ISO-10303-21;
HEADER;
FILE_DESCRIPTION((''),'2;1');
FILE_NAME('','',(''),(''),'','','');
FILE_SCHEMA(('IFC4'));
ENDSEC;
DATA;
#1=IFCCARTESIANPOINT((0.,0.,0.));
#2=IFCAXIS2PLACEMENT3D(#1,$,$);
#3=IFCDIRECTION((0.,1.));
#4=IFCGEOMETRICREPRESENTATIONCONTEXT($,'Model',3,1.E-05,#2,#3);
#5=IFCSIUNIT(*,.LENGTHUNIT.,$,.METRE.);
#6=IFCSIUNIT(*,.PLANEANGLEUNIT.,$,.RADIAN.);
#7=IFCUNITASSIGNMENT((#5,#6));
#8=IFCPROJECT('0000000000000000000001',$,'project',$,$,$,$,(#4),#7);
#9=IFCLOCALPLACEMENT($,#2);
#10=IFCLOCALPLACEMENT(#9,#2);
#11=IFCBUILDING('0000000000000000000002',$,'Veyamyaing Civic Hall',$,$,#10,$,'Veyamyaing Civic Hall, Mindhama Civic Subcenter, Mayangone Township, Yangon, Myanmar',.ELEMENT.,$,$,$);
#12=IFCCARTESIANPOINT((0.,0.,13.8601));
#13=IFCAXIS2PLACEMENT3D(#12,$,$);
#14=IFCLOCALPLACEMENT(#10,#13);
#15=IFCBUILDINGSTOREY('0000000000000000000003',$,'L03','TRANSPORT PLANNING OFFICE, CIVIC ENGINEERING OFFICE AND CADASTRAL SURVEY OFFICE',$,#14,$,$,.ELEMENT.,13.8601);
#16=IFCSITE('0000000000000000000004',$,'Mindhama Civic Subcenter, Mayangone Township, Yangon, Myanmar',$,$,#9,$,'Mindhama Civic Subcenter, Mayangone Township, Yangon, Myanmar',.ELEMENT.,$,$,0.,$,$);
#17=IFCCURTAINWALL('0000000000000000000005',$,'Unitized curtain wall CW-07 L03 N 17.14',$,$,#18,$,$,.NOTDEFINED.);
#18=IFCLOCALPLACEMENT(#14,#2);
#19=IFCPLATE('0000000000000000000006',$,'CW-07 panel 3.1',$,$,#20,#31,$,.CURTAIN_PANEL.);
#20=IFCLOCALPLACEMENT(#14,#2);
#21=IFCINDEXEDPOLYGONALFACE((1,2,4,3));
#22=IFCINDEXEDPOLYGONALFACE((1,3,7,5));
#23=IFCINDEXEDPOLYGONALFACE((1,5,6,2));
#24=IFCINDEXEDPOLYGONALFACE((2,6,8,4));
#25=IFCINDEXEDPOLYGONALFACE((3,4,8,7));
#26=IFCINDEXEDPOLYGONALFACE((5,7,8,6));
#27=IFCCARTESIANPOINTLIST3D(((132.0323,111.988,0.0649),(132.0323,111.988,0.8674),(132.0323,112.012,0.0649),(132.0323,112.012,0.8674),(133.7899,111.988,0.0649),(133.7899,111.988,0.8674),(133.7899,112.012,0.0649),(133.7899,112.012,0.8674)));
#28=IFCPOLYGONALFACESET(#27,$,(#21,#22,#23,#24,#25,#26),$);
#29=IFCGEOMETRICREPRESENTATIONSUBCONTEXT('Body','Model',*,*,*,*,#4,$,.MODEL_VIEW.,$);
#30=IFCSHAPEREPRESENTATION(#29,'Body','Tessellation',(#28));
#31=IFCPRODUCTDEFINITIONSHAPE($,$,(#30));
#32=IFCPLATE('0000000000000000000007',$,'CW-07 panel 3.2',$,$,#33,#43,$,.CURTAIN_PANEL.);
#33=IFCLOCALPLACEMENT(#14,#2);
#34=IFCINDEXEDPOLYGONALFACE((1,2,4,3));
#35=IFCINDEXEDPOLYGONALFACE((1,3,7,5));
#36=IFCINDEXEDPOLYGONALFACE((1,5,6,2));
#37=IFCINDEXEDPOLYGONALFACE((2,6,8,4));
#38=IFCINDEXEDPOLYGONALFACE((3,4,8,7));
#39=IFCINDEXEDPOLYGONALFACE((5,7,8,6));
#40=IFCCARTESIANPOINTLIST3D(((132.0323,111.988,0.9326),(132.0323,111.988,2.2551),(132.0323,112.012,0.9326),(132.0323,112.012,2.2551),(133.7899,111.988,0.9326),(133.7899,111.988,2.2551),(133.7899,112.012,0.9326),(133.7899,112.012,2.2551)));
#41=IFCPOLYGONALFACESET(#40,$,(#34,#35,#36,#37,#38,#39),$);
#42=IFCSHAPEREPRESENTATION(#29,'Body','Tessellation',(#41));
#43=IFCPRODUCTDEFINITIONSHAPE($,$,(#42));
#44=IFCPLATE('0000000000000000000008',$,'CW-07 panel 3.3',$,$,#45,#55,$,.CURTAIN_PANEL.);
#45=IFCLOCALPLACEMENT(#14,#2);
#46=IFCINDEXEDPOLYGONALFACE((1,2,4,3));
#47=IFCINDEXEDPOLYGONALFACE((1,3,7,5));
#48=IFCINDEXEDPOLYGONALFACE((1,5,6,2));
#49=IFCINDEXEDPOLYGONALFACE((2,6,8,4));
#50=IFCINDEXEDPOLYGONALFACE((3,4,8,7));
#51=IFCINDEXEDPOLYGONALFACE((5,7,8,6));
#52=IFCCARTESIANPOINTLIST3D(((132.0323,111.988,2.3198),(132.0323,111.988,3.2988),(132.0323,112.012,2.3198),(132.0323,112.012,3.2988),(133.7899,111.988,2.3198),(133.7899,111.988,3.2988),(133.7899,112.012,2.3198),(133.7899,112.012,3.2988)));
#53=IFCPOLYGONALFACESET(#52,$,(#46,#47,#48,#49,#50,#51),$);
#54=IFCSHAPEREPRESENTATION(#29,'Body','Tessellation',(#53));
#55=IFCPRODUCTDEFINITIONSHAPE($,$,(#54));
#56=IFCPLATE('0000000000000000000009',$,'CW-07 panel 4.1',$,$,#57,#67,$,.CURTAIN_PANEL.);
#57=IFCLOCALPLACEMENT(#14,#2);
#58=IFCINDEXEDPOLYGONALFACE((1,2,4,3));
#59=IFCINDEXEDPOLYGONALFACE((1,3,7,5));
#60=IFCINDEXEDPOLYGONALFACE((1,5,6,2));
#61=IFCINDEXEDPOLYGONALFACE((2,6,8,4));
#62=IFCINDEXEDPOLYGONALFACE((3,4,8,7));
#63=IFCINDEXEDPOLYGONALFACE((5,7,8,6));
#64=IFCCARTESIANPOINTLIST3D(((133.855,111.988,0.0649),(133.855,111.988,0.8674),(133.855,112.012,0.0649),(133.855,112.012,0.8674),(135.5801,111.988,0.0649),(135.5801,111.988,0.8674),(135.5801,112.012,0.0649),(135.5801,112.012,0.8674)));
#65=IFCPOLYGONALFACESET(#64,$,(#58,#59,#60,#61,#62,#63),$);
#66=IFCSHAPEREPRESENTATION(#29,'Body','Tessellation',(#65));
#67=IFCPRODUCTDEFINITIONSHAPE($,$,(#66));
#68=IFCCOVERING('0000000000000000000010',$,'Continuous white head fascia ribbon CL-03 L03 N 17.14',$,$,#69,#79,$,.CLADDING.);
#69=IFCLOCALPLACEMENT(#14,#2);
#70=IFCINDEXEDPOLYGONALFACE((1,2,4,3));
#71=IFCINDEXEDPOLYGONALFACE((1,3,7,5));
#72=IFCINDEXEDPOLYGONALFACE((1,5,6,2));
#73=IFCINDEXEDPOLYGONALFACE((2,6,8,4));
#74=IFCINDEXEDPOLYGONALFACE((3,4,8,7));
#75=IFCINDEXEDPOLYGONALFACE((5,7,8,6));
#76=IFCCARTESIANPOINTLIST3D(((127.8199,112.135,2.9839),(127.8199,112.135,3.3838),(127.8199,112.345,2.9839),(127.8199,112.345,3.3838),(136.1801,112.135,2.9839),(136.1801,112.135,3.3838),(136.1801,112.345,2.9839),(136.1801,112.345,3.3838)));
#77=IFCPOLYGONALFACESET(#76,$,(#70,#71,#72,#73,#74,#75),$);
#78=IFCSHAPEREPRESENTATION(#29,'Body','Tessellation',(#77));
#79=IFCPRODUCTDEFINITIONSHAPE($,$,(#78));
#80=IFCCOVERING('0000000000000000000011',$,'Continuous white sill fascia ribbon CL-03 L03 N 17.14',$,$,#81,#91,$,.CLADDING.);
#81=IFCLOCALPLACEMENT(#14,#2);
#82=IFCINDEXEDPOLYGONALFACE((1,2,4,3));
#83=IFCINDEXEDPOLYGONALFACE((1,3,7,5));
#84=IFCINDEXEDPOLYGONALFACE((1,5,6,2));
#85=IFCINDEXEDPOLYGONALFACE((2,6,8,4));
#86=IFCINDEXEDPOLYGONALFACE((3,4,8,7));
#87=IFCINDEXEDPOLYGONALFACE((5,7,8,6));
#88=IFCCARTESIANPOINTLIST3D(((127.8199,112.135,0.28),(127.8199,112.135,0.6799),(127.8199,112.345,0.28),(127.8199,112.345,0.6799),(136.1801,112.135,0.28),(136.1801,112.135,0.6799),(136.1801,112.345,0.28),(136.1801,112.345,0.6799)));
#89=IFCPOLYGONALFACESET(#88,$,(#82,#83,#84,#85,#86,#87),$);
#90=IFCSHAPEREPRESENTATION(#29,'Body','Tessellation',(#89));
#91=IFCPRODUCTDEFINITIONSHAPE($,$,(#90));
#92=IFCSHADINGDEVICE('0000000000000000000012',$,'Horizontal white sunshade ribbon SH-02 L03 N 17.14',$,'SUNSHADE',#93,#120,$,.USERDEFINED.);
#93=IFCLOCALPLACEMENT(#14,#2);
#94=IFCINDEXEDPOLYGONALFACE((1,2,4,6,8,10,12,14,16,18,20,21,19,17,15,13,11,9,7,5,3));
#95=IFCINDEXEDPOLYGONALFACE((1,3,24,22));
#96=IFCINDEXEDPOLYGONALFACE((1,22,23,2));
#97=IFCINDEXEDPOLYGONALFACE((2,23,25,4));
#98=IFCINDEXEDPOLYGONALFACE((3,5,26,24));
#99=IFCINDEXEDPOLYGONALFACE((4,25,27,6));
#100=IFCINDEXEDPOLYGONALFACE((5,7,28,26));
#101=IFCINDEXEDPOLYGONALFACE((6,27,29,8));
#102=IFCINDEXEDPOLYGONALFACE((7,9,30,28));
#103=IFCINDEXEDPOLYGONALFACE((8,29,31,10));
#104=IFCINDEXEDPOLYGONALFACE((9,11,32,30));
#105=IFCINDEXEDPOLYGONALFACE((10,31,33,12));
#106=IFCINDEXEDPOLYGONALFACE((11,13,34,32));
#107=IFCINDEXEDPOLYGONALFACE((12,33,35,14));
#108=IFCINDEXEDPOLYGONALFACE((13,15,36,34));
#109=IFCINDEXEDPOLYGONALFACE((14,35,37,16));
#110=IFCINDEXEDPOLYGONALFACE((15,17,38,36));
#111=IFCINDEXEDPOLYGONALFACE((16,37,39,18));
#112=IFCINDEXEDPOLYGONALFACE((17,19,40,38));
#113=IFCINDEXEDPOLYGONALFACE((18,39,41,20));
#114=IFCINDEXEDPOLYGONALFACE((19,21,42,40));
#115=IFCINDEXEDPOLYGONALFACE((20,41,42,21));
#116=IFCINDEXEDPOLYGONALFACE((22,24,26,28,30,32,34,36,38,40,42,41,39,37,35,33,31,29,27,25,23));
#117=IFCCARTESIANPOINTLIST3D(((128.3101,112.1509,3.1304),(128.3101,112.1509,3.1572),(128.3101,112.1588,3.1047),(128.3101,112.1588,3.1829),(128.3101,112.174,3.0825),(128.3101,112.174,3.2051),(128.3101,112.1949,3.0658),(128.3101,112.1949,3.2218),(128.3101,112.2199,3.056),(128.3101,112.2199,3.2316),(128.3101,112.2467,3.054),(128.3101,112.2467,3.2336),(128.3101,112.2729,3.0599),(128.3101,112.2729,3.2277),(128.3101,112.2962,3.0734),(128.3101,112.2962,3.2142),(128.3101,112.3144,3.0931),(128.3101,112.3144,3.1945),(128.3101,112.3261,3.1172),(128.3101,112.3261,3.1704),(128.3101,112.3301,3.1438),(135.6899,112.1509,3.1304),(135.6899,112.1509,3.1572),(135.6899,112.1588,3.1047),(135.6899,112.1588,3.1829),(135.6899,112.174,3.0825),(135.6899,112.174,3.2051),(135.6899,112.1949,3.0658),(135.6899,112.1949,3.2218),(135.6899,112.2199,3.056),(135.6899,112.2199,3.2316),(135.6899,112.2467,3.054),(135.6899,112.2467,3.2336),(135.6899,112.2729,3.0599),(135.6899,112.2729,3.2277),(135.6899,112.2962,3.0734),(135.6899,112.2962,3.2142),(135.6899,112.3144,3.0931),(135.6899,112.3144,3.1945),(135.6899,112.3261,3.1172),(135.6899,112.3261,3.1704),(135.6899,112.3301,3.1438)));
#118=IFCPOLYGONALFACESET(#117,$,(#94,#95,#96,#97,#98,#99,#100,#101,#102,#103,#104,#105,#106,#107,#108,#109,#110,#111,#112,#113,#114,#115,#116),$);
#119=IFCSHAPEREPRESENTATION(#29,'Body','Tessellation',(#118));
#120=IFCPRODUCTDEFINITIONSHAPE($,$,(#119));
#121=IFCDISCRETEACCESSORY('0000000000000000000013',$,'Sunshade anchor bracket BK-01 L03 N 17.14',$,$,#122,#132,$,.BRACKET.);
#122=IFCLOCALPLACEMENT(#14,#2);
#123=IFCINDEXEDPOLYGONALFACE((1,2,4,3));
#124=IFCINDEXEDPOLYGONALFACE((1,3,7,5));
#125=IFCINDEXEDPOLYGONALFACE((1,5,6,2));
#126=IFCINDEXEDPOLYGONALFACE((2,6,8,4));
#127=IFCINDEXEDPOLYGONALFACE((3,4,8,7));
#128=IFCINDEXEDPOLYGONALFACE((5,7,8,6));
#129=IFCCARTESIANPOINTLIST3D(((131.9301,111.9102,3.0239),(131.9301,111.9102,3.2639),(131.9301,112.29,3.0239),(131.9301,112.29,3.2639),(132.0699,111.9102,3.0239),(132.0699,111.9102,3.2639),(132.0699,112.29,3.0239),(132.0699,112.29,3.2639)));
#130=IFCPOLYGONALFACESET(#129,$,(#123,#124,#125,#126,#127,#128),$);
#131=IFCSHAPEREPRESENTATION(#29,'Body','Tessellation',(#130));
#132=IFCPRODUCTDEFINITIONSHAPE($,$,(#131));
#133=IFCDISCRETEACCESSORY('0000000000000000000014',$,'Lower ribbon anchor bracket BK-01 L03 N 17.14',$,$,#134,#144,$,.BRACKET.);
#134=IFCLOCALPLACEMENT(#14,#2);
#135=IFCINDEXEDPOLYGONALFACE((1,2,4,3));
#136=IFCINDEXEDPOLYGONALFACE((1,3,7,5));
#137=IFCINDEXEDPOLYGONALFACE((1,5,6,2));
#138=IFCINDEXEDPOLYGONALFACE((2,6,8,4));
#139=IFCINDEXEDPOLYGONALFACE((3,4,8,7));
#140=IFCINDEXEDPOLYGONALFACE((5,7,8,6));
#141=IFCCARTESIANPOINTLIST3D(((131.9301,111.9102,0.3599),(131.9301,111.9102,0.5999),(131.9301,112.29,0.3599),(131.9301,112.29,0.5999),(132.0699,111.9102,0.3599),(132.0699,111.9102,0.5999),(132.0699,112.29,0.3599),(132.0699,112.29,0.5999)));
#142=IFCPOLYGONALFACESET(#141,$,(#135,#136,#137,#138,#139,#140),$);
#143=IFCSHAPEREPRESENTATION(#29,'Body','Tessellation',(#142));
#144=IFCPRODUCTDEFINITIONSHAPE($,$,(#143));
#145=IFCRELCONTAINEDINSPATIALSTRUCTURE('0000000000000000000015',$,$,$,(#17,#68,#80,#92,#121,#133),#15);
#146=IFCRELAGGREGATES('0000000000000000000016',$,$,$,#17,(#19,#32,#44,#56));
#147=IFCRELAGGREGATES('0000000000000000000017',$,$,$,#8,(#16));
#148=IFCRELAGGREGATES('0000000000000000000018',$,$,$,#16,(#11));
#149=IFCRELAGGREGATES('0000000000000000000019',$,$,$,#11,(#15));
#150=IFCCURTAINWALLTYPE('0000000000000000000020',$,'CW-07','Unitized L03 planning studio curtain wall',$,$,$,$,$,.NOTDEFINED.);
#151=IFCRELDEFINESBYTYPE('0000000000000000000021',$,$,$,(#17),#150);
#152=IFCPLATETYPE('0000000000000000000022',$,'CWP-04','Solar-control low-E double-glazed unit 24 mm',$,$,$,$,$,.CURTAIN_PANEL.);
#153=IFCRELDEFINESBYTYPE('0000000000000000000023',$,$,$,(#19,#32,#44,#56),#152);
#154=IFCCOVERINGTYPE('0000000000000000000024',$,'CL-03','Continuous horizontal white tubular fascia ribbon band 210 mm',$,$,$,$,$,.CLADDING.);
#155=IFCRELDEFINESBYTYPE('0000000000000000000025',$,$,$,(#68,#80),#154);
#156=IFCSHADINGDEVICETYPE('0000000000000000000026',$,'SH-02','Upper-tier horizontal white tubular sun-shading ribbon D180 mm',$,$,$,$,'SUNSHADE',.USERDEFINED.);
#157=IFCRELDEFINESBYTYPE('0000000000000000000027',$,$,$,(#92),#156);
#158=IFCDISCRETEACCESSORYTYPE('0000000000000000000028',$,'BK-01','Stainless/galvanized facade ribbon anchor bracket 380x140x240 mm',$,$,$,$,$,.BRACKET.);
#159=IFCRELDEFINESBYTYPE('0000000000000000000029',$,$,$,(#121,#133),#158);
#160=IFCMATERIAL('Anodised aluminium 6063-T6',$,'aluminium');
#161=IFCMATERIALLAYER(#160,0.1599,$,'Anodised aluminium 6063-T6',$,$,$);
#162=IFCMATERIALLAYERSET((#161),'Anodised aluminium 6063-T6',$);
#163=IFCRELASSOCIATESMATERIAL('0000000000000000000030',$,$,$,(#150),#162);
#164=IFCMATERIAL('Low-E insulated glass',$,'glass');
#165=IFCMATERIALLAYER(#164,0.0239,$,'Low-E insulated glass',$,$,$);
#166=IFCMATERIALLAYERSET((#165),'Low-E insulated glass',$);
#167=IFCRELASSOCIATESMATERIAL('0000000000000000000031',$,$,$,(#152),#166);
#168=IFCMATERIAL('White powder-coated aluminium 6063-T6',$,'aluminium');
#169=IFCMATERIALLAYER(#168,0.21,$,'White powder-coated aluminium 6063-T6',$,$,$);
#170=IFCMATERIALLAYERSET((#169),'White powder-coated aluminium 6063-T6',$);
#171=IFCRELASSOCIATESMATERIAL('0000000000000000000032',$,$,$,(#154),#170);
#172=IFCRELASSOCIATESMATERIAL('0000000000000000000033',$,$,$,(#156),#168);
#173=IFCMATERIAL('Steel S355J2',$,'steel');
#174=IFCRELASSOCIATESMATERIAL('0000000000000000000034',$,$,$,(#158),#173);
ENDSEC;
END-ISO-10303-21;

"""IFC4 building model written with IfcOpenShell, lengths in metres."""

from ifc_helpers import new_model, si_unit, direction, frame, origin, origin_2d, place, context, subcontext, project, spatial, rectangle, circle, extrude, material, layer, layer_set, material_profile, profile_set, type_object, element, aggregate, save


model = new_model("IFC4")

# Units and contexts
model_context = context("Model", 3, precision=1e-05, world=origin(), true_north=direction((0.0, 1.0)))
body_context = subcontext(model_context, "Body", "Model", "MODEL_VIEW")
ifc_project = project(units=[si_unit("LENGTHUNIT", "METRE"), si_unit("PLANEANGLEUNIT", "RADIAN")], contexts=[model_context])

# Site, building, storey
site_placement = place(None, origin())
site = spatial("IfcSite", under=ifc_project, at=site_placement, Name="Mindhama Civic Subcenter, Mayangone Township, Yangon, Myanmar", LongName="Mindhama Civic Subcenter, Mayangone Township, Yangon, Myanmar", CompositionType="ELEMENT", RefElevation=0.0)
building_placement = place(site_placement, origin())
building = spatial("IfcBuilding", under=site, at=building_placement, Name="Veyamyaing Civic Hall", LongName="Veyamyaing Civic Hall, Mindhama Civic Subcenter, Mayangone Township, Yangon, Myanmar", CompositionType="ELEMENT")
storey_placement = place(building_placement, frame((0.0, 0.0, 13.8601)))
storey = spatial("IfcBuildingStorey", under=building, at=storey_placement, Name="L03", Description="TRANSPORT PLANNING OFFICE, CIVIC ENGINEERING OFFICE AND CADASTRAL SURVEY OFFICE", CompositionType="ELEMENT", Elevation=13.8601)

# Curtain wall, plates
ifc_material_1 = material(Name="Anodised aluminium 6063-T6", Category="aluminium")
ifc_layer_1 = layer(ifc_material_1, 0.1599, Name="Anodised aluminium 6063-T6")
ifc_layer_set_1 = layer_set([ifc_layer_1], Name="Anodised aluminium 6063-T6")
curtain_wall_type = type_object("IfcCurtainWallType", Name="CW-07", Description="Unitized L03 planning studio curtain wall", PredefinedType="NOTDEFINED", material=ifc_layer_set_1)
curtain_wall_placement = place(storey_placement, origin())
curtain_wall = element("IfcCurtainWall", 1, at=curtain_wall_placement, inside=storey, type_object=curtain_wall_type, Name="Unitized curtain wall CW-07 L03 N 17.14", PredefinedType="NOTDEFINED")
ifc_material_2 = material(Name="Low-E insulated glass", Category="glass")
ifc_layer_2 = layer(ifc_material_2, 0.0239, Name="Low-E insulated glass")
ifc_layer_set_2 = layer_set([ifc_layer_2], Name="Low-E insulated glass")
plate_type = type_object("IfcPlateType", Name="CWP-04", Description="Solar-control low-E double-glazed unit 24 mm", PredefinedType="CURTAIN_PANEL", material=ifc_layer_set_2)
plate_1_placement = place(storey_placement, frame((132.9111, 112.0, 0.0649), z_axis=(0.0, 0.0, 1.0), x_axis=(1.0, 0.0, 0.0)))
plate_1 = element("IfcPlate", 2, at=plate_1_placement, type_object=plate_type, Name="CW-07 panel 3.1", PredefinedType="CURTAIN_PANEL", context=body_context, shape_type="SweptSolid", body=[
    extrude(rectangle(XDim=1.7576, YDim=0.0239, at=origin_2d()), origin(), (0.0, 0.0, 1.0), 0.8025),
])
plate_2_placement = place(storey_placement, frame((132.9111, 112.0, 0.9326), z_axis=(0.0, 0.0, 1.0), x_axis=(1.0, 0.0, 0.0)))
plate_2 = element("IfcPlate", 3, at=plate_2_placement, type_object=plate_type, Name="CW-07 panel 3.2", PredefinedType="CURTAIN_PANEL", context=body_context, shape_type="SweptSolid", body=[
    extrude(rectangle(XDim=1.7576, YDim=0.0239, at=origin_2d()), origin(), (0.0, 0.0, 1.0), 1.3225),
])
plate_3_placement = place(storey_placement, frame((132.9111, 112.0, 2.3198), z_axis=(0.0, 0.0, 1.0), x_axis=(1.0, 0.0, 0.0)))
plate_3 = element("IfcPlate", 4, at=plate_3_placement, type_object=plate_type, Name="CW-07 panel 3.3", PredefinedType="CURTAIN_PANEL", context=body_context, shape_type="SweptSolid", body=[
    extrude(rectangle(XDim=1.7576, YDim=0.0239, at=origin_2d()), origin(), (0.0, 0.0, 1.0), 0.979),
])
plate_4_placement = place(storey_placement, frame((134.7175, 112.0, 0.0649), z_axis=(0.0, 0.0, 1.0), x_axis=(1.0, 0.0, 0.0)))
plate_4 = element("IfcPlate", 5, at=plate_4_placement, type_object=plate_type, Name="CW-07 panel 4.1", PredefinedType="CURTAIN_PANEL", context=body_context, shape_type="SweptSolid", body=[
    extrude(rectangle(XDim=1.7251, YDim=0.0239, at=origin_2d()), origin(), (0.0, 0.0, 1.0), 0.8025),
])
aggregate(curtain_wall, [plate_1, plate_2, plate_3, plate_4])

# Coverings
ifc_material_3 = material(Name="White powder-coated aluminium 6063-T6", Category="aluminium")
ifc_layer_3 = layer(ifc_material_3, 0.21, Name="White powder-coated aluminium 6063-T6")
ifc_layer_set_3 = layer_set([ifc_layer_3], Name="White powder-coated aluminium 6063-T6")
covering_type = type_object("IfcCoveringType", Name="CL-03", Description="Continuous horizontal white tubular fascia ribbon band 210 mm", PredefinedType="CLADDING", material=ifc_layer_set_3)
for number, where, z_axis, x_axis, name in (
    (6, (132.0, 112.24, 2.9839), (0.0, 0.0, 1.0), (1.0, 0.0, 0.0), "Continuous white head fascia ribbon CL-03 L03 N 17.14"),
    (7, (132.0, 112.24, 0.28), (0.0, 0.0, 1.0), (1.0, 0.0, 0.0), "Continuous white sill fascia ribbon CL-03 L03 N 17.14"),
):
    element("IfcCovering", number, at=place(storey_placement, frame(where, z_axis=z_axis, x_axis=x_axis)), inside=storey, type_object=covering_type, Name=name, PredefinedType="CLADDING", context=body_context, shape_type="SweptSolid", body=[
        extrude(rectangle(XDim=8.3601, YDim=0.21, at=origin_2d()), origin(), (0.0, 0.0, 1.0), 0.3999),
    ])

# Shading device
ifc_material_profile_1 = material_profile(ifc_material_3, circle(Radius=0.0901, at=origin_2d()), Name="SHADE-TUBE-180")
ifc_profile_set_1 = profile_set([ifc_material_profile_1], Name="White powder-coated aluminium 6063-T6")
shading_device_type = type_object("IfcShadingDeviceType", Name="SH-02", Description="Upper-tier horizontal white tubular sun-shading ribbon D180 mm", ElementType="SUNSHADE", PredefinedType="USERDEFINED", material=ifc_profile_set_1)
shading_device_placement = place(storey_placement, frame((128.3101, 112.24, 3.1438), z_axis=(1.0, 0.0, 0.0), x_axis=(0.0, 1.0, 0.0)))
element("IfcShadingDevice", 8, at=shading_device_placement, inside=storey, type_object=shading_device_type, Name="Horizontal white sunshade ribbon SH-02 L03 N 17.14", ObjectType="SUNSHADE", PredefinedType="USERDEFINED", context=body_context, shape_type="SweptSolid", body=[
    extrude(circle(Radius=0.0901, at=origin_2d()), origin(), (0.0, 0.0, 1.0), 7.3799),
])

# Discrete accessories
ifc_material_4 = material(Name="Steel S355J2", Category="steel")
discrete_accessory_type = type_object("IfcDiscreteAccessoryType", Name="BK-01", Description="Stainless/galvanized facade ribbon anchor bracket 380x140x240 mm", PredefinedType="BRACKET", material=ifc_material_4)
for number, where, z_axis, x_axis, name in (
    (9, (132.0, 112.1001, 3.0239), (0.0, 0.0, 1.0), (0.0, 1.0, 0.0), "Sunshade anchor bracket BK-01 L03 N 17.14"),
    (10, (132.0, 112.1001, 0.3599), (0.0, 0.0, 1.0), (0.0, 1.0, 0.0), "Lower ribbon anchor bracket BK-01 L03 N 17.14"),
):
    element("IfcDiscreteAccessory", number, at=place(storey_placement, frame(where, z_axis=z_axis, x_axis=x_axis)), inside=storey, type_object=discrete_accessory_type, Name=name, PredefinedType="BRACKET", context=body_context, shape_type="SweptSolid", body=[
        extrude(rectangle(XDim=0.3799, YDim=0.1399, at=origin_2d()), origin(), (0.0, 0.0, 1.0), 0.24),
    ])

save(model, "model.ifc")
